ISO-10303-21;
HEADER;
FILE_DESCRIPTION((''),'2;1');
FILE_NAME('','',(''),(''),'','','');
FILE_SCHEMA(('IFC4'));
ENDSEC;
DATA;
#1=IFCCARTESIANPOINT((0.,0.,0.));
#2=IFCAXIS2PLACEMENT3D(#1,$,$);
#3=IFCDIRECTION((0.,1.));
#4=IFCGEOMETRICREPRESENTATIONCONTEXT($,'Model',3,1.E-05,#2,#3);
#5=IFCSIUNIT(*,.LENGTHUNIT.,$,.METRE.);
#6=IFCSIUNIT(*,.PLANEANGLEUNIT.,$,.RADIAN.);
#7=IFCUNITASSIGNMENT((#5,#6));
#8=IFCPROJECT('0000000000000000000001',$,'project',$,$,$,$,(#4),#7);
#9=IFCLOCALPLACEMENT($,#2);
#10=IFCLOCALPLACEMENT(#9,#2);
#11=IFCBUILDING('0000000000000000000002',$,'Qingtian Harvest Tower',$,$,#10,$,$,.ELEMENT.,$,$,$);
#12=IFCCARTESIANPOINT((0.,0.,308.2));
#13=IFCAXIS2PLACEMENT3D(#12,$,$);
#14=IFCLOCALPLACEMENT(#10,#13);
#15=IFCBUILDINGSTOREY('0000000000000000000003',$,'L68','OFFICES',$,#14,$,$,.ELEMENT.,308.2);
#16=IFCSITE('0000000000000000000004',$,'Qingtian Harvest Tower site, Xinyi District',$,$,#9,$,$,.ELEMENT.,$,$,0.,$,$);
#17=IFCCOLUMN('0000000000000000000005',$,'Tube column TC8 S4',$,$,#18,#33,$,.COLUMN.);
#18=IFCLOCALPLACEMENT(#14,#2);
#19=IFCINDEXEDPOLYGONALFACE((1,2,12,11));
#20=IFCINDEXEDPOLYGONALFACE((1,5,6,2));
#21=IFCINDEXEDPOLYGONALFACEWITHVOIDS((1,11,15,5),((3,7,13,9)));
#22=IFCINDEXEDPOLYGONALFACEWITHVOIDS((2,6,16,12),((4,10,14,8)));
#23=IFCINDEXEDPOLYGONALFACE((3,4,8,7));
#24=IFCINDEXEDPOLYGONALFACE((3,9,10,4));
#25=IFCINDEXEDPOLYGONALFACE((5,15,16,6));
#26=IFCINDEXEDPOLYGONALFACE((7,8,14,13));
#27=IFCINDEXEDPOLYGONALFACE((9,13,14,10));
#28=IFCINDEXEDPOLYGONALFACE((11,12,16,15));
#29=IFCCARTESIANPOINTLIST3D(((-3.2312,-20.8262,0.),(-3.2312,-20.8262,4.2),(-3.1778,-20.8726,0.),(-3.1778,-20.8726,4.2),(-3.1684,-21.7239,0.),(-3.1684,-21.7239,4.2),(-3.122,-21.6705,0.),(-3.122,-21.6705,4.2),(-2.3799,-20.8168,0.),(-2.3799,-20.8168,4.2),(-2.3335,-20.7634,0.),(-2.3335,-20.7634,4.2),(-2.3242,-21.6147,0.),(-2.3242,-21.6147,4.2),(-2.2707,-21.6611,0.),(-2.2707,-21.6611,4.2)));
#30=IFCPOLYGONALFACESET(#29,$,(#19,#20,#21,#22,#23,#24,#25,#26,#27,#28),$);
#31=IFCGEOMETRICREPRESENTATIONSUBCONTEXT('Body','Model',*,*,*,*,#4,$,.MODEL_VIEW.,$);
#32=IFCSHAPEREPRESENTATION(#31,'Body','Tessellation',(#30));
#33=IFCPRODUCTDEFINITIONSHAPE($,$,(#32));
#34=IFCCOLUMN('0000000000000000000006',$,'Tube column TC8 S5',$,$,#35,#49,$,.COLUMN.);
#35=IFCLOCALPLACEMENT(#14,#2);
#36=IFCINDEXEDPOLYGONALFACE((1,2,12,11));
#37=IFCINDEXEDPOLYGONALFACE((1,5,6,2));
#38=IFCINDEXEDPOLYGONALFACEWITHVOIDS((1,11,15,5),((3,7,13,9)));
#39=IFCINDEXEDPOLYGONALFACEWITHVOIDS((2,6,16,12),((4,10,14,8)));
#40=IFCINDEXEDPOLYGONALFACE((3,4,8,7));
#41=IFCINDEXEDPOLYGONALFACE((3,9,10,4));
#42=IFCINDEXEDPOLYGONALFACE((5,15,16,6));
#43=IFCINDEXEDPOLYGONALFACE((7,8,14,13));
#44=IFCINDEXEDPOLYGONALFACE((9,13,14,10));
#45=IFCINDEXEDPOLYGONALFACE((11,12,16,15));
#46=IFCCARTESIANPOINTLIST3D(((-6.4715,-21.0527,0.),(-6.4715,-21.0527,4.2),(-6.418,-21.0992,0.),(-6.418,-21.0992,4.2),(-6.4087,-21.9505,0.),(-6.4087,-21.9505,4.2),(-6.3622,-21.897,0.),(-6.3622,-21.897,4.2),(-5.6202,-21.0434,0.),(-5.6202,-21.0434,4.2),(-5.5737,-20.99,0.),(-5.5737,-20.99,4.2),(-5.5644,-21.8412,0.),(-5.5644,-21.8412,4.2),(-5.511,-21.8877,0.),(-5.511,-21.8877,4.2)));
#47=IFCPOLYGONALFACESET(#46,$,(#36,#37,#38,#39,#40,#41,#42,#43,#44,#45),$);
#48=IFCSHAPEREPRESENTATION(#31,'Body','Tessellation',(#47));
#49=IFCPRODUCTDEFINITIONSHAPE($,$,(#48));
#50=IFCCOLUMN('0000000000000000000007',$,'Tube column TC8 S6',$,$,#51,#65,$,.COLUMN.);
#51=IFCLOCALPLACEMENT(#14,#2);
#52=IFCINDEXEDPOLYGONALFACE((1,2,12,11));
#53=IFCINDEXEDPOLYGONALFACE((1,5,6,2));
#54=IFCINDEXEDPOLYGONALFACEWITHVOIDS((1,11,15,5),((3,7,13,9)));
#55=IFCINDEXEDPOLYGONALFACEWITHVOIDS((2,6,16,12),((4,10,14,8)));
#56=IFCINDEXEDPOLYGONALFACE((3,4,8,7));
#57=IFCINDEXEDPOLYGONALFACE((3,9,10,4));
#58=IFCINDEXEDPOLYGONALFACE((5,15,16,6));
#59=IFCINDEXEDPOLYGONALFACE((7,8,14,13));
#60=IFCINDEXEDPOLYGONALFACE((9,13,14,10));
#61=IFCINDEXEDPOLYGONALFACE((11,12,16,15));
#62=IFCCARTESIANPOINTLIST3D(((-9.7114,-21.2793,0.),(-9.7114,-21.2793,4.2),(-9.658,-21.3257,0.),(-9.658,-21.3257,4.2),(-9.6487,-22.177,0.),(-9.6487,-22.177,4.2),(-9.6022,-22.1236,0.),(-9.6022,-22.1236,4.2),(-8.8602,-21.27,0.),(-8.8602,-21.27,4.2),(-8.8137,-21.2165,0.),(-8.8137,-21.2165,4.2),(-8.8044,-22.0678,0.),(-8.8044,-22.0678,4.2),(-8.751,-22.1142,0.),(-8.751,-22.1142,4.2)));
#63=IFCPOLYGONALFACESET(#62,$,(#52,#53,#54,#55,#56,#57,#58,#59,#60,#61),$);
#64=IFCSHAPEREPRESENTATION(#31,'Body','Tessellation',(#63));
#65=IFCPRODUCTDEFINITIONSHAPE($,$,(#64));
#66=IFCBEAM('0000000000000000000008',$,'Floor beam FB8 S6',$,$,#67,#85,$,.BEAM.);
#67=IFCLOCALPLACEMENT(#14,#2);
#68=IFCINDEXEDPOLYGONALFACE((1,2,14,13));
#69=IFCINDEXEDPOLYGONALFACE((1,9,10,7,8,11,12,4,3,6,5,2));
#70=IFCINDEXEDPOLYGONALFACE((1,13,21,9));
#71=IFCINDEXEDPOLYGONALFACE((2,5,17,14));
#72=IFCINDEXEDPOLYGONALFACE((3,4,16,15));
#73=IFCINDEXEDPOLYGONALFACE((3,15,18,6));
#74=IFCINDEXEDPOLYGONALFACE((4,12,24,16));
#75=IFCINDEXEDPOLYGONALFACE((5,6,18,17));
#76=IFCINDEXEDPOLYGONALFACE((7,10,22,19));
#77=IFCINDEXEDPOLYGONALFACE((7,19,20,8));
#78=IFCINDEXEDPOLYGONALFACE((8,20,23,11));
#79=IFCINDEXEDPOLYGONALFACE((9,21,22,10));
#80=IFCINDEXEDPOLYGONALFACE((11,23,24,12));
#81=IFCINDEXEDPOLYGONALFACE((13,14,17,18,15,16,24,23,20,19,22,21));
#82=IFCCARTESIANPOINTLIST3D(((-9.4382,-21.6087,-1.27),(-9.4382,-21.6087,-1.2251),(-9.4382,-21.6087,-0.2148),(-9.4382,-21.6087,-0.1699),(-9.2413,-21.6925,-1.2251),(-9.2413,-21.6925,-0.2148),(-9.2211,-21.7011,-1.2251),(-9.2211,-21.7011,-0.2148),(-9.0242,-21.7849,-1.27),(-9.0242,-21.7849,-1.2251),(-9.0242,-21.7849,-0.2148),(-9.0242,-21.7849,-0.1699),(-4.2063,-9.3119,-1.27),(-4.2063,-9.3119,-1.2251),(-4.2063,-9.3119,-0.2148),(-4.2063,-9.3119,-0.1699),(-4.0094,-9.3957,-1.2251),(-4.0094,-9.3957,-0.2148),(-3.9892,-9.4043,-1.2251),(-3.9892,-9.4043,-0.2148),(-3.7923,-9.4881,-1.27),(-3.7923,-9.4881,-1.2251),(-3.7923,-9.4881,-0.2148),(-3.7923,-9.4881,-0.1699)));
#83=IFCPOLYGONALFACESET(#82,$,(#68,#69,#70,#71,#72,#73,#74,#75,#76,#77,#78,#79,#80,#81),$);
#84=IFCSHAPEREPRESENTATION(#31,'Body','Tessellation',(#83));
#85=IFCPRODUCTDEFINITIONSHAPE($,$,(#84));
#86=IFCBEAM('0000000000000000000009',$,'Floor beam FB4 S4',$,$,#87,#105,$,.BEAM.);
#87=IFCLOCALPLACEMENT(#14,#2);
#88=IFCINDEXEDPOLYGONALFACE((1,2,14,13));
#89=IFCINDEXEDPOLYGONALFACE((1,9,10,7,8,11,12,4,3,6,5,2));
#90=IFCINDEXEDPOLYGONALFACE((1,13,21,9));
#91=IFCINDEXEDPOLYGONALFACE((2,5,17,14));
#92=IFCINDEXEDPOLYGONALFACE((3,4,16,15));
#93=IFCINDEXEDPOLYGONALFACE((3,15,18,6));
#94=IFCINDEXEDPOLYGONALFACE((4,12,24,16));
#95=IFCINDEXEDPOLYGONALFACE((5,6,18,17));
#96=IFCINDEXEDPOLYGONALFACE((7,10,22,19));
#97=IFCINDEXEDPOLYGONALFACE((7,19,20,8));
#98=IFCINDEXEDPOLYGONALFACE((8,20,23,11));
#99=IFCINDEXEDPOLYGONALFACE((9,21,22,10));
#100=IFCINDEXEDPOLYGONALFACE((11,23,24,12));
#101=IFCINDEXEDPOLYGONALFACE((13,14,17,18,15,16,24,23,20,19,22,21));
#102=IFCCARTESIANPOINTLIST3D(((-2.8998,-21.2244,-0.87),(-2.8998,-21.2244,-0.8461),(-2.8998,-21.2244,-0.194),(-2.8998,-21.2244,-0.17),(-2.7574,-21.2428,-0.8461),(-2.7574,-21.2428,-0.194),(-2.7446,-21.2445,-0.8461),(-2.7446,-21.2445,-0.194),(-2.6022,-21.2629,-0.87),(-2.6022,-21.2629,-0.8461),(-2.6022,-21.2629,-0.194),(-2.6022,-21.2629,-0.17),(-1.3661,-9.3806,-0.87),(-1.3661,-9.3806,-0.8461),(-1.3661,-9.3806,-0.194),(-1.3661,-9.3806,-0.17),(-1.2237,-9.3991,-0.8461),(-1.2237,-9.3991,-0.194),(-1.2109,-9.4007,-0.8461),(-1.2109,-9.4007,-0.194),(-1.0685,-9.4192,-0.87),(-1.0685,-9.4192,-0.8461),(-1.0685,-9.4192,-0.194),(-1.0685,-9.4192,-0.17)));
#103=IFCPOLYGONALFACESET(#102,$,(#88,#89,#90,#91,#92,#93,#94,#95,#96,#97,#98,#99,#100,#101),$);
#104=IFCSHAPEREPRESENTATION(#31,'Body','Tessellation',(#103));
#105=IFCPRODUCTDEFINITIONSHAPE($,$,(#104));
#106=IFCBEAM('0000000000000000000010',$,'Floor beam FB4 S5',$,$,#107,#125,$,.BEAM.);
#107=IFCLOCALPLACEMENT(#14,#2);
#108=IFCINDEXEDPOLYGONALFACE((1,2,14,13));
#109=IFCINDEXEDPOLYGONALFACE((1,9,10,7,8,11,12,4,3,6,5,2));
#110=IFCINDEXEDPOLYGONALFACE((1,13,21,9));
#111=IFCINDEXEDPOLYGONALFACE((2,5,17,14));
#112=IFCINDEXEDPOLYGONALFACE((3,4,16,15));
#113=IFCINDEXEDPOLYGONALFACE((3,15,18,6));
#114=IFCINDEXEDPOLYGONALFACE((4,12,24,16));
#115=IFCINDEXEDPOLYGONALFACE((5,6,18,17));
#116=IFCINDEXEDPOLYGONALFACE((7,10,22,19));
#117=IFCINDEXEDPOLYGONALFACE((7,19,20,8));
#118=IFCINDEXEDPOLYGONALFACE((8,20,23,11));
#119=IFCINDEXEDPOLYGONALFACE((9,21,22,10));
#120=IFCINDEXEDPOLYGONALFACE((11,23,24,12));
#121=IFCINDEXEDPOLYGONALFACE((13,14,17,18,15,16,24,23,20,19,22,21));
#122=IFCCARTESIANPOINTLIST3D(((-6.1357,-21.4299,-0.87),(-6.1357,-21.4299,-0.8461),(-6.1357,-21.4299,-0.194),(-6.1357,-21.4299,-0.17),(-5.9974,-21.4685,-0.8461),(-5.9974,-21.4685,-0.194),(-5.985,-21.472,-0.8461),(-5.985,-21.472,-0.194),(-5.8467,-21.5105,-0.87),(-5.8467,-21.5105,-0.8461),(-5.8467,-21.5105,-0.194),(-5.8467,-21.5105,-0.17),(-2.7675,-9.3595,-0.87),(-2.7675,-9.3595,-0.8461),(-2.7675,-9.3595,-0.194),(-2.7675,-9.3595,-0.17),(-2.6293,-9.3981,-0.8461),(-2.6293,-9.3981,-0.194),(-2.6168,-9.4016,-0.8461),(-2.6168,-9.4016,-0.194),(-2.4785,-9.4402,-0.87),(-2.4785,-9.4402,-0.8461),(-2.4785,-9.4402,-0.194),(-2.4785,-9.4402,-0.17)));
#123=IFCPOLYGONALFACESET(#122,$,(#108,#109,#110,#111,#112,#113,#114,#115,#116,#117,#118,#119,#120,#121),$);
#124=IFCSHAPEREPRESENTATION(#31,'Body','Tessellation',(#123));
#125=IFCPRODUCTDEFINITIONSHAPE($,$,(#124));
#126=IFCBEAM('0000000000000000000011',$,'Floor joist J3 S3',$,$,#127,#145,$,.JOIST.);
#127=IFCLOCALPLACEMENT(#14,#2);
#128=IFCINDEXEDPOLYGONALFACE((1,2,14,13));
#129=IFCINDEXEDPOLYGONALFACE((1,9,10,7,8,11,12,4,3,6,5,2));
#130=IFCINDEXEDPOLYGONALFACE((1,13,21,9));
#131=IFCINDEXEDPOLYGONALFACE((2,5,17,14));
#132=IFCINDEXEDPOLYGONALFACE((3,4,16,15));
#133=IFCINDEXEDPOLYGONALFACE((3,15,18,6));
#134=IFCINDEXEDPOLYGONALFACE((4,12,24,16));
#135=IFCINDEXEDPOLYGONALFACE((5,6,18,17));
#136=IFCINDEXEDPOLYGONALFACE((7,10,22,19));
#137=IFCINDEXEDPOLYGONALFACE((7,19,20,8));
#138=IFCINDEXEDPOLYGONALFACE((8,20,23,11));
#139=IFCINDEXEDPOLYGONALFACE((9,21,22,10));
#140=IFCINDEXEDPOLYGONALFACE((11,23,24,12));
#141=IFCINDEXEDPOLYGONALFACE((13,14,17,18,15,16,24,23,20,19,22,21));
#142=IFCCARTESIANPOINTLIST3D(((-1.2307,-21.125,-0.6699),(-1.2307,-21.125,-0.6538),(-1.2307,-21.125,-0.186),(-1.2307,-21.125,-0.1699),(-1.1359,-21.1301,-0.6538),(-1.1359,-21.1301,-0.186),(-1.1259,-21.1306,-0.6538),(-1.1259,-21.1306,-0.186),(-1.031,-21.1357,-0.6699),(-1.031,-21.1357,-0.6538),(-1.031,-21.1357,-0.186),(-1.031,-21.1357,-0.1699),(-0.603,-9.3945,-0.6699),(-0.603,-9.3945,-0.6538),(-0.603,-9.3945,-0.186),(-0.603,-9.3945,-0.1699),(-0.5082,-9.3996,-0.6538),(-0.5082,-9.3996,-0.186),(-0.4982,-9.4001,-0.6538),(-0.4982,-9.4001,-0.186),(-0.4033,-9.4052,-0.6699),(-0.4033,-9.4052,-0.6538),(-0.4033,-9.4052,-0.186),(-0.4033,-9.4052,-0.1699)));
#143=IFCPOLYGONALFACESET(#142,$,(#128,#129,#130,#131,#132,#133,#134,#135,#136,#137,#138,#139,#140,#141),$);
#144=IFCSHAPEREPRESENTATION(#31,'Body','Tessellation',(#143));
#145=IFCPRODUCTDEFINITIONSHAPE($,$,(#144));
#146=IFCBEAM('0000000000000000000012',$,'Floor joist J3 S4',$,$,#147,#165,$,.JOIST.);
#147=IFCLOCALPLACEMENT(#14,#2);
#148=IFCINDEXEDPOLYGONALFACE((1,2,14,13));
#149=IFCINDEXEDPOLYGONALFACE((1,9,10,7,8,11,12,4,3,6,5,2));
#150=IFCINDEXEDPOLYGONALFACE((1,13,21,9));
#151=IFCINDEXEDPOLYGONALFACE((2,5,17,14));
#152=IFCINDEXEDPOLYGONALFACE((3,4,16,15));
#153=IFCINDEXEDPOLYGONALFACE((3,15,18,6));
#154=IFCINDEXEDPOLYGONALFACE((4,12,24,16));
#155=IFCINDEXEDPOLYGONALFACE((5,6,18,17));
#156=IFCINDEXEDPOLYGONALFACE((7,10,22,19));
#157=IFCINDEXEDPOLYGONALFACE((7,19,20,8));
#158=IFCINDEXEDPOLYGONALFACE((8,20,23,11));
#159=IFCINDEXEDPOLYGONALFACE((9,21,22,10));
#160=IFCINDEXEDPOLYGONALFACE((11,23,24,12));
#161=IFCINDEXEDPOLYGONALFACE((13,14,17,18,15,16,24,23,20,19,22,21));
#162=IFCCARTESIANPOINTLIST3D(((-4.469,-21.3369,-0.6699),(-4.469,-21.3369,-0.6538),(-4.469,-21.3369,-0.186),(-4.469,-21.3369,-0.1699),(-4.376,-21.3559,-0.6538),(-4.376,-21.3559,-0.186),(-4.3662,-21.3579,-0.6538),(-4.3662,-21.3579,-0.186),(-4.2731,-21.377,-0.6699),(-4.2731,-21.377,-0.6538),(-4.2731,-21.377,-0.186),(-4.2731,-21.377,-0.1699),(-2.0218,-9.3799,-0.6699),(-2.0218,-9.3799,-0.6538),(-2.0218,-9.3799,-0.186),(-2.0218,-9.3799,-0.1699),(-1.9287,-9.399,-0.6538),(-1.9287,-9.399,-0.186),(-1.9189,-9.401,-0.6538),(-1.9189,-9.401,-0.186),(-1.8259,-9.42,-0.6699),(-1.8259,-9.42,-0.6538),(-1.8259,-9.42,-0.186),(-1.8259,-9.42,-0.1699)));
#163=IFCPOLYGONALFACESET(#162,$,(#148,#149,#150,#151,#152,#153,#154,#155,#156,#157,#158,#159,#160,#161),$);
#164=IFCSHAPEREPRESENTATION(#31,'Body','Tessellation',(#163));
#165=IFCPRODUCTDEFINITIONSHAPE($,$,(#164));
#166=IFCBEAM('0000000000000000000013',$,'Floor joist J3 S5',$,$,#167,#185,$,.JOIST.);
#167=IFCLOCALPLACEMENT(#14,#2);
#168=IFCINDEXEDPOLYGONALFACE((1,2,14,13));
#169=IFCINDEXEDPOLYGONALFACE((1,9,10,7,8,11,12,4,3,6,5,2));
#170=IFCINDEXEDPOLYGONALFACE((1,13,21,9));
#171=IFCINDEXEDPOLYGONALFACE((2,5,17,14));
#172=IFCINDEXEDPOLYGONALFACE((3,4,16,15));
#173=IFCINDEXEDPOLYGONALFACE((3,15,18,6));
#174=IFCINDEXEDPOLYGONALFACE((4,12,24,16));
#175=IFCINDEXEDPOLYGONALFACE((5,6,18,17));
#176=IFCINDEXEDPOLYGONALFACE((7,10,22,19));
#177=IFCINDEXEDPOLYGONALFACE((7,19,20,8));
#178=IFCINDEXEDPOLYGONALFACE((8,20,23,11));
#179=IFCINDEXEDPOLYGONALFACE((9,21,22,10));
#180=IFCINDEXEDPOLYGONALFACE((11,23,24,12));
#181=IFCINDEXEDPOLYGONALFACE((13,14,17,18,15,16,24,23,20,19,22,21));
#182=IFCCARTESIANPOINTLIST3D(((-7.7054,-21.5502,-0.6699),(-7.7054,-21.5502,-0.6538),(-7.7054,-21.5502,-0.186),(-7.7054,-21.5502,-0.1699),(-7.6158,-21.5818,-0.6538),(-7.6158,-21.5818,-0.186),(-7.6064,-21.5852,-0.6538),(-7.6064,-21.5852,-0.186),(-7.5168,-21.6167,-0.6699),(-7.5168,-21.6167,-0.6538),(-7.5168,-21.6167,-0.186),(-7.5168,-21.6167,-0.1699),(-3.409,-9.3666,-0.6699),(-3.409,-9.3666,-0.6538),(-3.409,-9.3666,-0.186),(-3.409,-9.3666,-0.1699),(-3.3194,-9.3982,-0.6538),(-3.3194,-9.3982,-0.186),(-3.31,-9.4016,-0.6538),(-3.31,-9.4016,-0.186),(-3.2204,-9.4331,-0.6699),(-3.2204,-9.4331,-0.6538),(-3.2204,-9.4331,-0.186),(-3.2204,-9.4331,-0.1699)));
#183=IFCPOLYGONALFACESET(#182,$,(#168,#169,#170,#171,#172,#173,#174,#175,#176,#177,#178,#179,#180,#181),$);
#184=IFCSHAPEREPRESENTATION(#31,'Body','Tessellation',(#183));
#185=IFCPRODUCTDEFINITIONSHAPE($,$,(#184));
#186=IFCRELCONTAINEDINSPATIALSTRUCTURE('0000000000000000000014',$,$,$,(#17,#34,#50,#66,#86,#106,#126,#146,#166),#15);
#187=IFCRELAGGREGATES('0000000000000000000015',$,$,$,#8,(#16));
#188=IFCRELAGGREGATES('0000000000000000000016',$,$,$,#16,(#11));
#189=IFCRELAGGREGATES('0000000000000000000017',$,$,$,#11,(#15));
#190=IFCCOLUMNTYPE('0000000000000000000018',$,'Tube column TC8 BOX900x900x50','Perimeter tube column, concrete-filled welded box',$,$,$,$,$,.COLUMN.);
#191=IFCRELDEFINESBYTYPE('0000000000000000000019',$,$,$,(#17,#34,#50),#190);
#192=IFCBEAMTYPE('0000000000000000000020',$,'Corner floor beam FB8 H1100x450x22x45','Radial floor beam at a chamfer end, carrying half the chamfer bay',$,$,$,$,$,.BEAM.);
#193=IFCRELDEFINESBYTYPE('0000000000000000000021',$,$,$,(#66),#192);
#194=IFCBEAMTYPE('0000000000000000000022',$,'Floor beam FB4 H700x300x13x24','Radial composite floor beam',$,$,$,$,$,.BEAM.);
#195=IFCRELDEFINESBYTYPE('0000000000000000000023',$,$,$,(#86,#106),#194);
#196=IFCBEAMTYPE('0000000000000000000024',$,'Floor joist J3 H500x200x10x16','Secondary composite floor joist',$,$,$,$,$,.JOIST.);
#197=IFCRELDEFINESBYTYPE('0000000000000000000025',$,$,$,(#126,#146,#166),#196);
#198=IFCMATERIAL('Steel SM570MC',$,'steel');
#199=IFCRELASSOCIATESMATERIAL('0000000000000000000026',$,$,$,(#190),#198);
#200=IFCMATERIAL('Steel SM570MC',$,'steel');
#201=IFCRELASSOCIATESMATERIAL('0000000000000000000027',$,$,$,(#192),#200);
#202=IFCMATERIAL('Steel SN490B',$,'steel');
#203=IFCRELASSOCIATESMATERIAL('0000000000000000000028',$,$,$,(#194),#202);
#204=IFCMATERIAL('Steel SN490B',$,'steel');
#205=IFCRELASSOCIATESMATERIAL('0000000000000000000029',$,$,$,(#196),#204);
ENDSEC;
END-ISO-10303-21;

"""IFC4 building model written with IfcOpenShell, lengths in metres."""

from ifc_helpers import new_model, si_unit, direction, frame, origin, origin_2d, place, context, subcontext, project, spatial, hollow_rectangle, i_section, extrude, material, material_profile, profile_set, type_object, element, save


model = new_model("IFC4")

# Units and contexts
model_context = context("Model", 3, precision=1e-05, world=origin(), true_north=direction((0.0, 1.0)))
body_context = subcontext(model_context, "Body", "Model", "MODEL_VIEW")
ifc_project = project(units=[si_unit("LENGTHUNIT", "METRE"), si_unit("PLANEANGLEUNIT", "RADIAN")], contexts=[model_context])

# Site, building, storey
site_placement = place(None, origin())
site = spatial("IfcSite", under=ifc_project, at=site_placement, Name="Qingtian Harvest Tower site, Xinyi District", CompositionType="ELEMENT", RefElevation=0.0)
building_placement = place(site_placement, origin())
building = spatial("IfcBuilding", under=site, at=building_placement, Name="Qingtian Harvest Tower", CompositionType="ELEMENT")
storey_placement = place(building_placement, frame((0.0, 0.0, 308.2)))
storey = spatial("IfcBuildingStorey", under=building, at=storey_placement, Name="L68", Description="OFFICES", CompositionType="ELEMENT", Elevation=308.2)

# Columns
ifc_material_1 = material(Name="Steel SM570MC", Category="steel")
ifc_material_profile_1 = material_profile(ifc_material_1, hollow_rectangle(XDim=0.8999, YDim=0.8999, WallThickness=0.05, at=origin_2d()), Name="BOX900x900x50")
ifc_profile_set_1 = profile_set([ifc_material_profile_1], Name="Steel SM570MC")
column_type = type_object("IfcColumnType", Name="Tube column TC8 BOX900x900x50", Description="Perimeter tube column, concrete-filled welded box", PredefinedType="COLUMN", material=ifc_profile_set_1)
for number, where, z_axis, x_axis, name in (
    (1, (-2.751, -21.2437, 0.0), (0.0, 0.0, 1.0), (0.997564, 0.069756, 0.0), "Tube column TC8 S4"),
    (2, (-5.9912, -21.4702, 0.0), (0.0, 0.0, 1.0), (0.997564, 0.069756, 0.0), "Tube column TC8 S5"),
    (3, (-9.2312, -21.6968, 0.0), (0.0, 0.0, 1.0), (0.997564, 0.069756, 0.0), "Tube column TC8 S6"),
):
    element("IfcColumn", number, at=place(storey_placement, frame(where, z_axis=z_axis, x_axis=x_axis)), inside=storey, type_object=column_type, Name=name, PredefinedType="COLUMN", context=body_context, shape_type="SweptSolid", body=[
        extrude(hollow_rectangle(XDim=0.8999, YDim=0.8999, WallThickness=0.05, at=origin_2d()), origin(), (0.0, 0.0, 1.0), 4.2),
    ])

# Beams
ifc_material_2 = material(Name="Steel SM570MC", Category="steel")
ifc_material_profile_2 = material_profile(ifc_material_2, i_section(OverallWidth=0.45, OverallDepth=1.1001, WebThickness=0.022, FlangeThickness=0.0449, at=origin_2d()), Name="H1100x450x22x45")
ifc_profile_set_2 = profile_set([ifc_material_profile_2], Name="Steel SM570MC")
beam_type_1 = type_object("IfcBeamType", Name="Corner floor beam FB8 H1100x450x22x45", Description="Radial floor beam at a chamfer end, carrying half the chamfer bay", PredefinedType="BEAM", material=ifc_profile_set_2)
beam_1_placement = place(storey_placement, frame((-9.2312, -21.6968, -0.72), z_axis=(0.391506, 0.920176, 0.0), x_axis=(-0.920176, 0.391506, 0.0)))
element("IfcBeam", 4, at=beam_1_placement, inside=storey, type_object=beam_type_1, Name="Floor beam FB8 S6", PredefinedType="BEAM", context=body_context, shape_type="SweptSolid", body=[
    extrude(i_section(OverallWidth=0.45, OverallDepth=1.1001, WebThickness=0.022, FlangeThickness=0.0449, at=origin_2d()), origin(), (0.0, 0.0, 1.0), 13.3635),
])
ifc_material_3 = material(Name="Steel SN490B", Category="steel")
ifc_material_profile_3 = material_profile(ifc_material_3, i_section(OverallWidth=0.3, OverallDepth=0.7, WebThickness=0.0129, FlangeThickness=0.0239, at=origin_2d()), Name="H700x300x13x24")
ifc_profile_set_3 = profile_set([ifc_material_profile_3], Name="Steel SN490B")
beam_type_2 = type_object("IfcBeamType", Name="Floor beam FB4 H700x300x13x24", Description="Radial composite floor beam", PredefinedType="BEAM", material=ifc_profile_set_3)
beam_2_placement = place(storey_placement, frame((-2.751, -21.2437, -0.52), z_axis=(0.128421, 0.99172, 0.0), x_axis=(-0.99172, 0.128421, 0.0)))
element("IfcBeam", 5, at=beam_2_placement, inside=storey, type_object=beam_type_2, Name="Floor beam FB4 S4", PredefinedType="BEAM", context=body_context, shape_type="SweptSolid", body=[
    extrude(i_section(OverallWidth=0.3, OverallDepth=0.7, WebThickness=0.0129, FlangeThickness=0.0239, at=origin_2d()), origin(), (0.0, 0.0, 1.0), 11.9426),
])
beam_3_placement = place(storey_placement, frame((-5.9912, -21.4702, -0.52), z_axis=(0.268777, 0.963202, 0.0), x_axis=(-0.963202, 0.268777, 0.0)))
element("IfcBeam", 6, at=beam_3_placement, inside=storey, type_object=beam_type_2, Name="Floor beam FB4 S5", PredefinedType="BEAM", context=body_context, shape_type="SweptSolid", body=[
    extrude(i_section(OverallWidth=0.3, OverallDepth=0.7, WebThickness=0.0129, FlangeThickness=0.0239, at=origin_2d()), origin(), (0.0, 0.0, 1.0), 12.5315),
])
ifc_material_4 = material(Name="Steel SN490B", Category="steel")
ifc_material_profile_4 = material_profile(ifc_material_4, i_section(OverallWidth=0.2, OverallDepth=0.5, WebThickness=0.01, FlangeThickness=0.0161, at=origin_2d()), Name="H500x200x10x16")
ifc_profile_set_4 = profile_set([ifc_material_profile_4], Name="Steel SN490B")
beam_type_3 = type_object("IfcBeamType", Name="Floor joist J3 H500x200x10x16", Description="Secondary composite floor joist", PredefinedType="JOIST", material=ifc_profile_set_4)
beam_4_placement = place(storey_placement, frame((-1.1309, -21.1304, -0.4199), z_axis=(0.053433, 0.998571, 0.0), x_axis=(-0.998571, 0.053433, 0.0)))
element("IfcBeam", 7, at=beam_4_placement, inside=storey, type_object=beam_type_3, Name="Floor joist J3 S3", PredefinedType="JOIST", context=body_context, shape_type="SweptSolid", body=[
    extrude(i_section(OverallWidth=0.2, OverallDepth=0.5, WebThickness=0.01, FlangeThickness=0.0161, at=origin_2d()), origin(), (0.0, 0.0, 1.0), 11.7473),
])
beam_5_placement = place(storey_placement, frame((-4.3711, -21.3569, -0.4199), z_axis=(0.200515, 0.979691, 0.0), x_axis=(-0.979691, 0.200515, 0.0)))
element("IfcBeam", 8, at=beam_5_placement, inside=storey, type_object=beam_type_3, Name="Floor joist J3 S4", PredefinedType="JOIST", context=body_context, shape_type="SweptSolid", body=[
    extrude(i_section(OverallWidth=0.2, OverallDepth=0.5, WebThickness=0.01, FlangeThickness=0.0161, at=origin_2d()), origin(), (0.0, 0.0, 1.0), 12.2048),
])
beam_6_placement = place(storey_placement, frame((-7.6111, -21.5835, -0.4199), z_axis=(0.332565, 0.94308, 0.0), x_axis=(-0.94308, 0.332565, 0.0)))
element("IfcBeam", 9, at=beam_6_placement, inside=storey, type_object=beam_type_3, Name="Floor joist J3 S5", PredefinedType="JOIST", context=body_context, shape_type="SweptSolid", body=[
    extrude(i_section(OverallWidth=0.2, OverallDepth=0.5, WebThickness=0.01, FlangeThickness=0.0161, at=origin_2d()), origin(), (0.0, 0.0, 1.0), 12.9189),
])

save(model, "model.ifc")
